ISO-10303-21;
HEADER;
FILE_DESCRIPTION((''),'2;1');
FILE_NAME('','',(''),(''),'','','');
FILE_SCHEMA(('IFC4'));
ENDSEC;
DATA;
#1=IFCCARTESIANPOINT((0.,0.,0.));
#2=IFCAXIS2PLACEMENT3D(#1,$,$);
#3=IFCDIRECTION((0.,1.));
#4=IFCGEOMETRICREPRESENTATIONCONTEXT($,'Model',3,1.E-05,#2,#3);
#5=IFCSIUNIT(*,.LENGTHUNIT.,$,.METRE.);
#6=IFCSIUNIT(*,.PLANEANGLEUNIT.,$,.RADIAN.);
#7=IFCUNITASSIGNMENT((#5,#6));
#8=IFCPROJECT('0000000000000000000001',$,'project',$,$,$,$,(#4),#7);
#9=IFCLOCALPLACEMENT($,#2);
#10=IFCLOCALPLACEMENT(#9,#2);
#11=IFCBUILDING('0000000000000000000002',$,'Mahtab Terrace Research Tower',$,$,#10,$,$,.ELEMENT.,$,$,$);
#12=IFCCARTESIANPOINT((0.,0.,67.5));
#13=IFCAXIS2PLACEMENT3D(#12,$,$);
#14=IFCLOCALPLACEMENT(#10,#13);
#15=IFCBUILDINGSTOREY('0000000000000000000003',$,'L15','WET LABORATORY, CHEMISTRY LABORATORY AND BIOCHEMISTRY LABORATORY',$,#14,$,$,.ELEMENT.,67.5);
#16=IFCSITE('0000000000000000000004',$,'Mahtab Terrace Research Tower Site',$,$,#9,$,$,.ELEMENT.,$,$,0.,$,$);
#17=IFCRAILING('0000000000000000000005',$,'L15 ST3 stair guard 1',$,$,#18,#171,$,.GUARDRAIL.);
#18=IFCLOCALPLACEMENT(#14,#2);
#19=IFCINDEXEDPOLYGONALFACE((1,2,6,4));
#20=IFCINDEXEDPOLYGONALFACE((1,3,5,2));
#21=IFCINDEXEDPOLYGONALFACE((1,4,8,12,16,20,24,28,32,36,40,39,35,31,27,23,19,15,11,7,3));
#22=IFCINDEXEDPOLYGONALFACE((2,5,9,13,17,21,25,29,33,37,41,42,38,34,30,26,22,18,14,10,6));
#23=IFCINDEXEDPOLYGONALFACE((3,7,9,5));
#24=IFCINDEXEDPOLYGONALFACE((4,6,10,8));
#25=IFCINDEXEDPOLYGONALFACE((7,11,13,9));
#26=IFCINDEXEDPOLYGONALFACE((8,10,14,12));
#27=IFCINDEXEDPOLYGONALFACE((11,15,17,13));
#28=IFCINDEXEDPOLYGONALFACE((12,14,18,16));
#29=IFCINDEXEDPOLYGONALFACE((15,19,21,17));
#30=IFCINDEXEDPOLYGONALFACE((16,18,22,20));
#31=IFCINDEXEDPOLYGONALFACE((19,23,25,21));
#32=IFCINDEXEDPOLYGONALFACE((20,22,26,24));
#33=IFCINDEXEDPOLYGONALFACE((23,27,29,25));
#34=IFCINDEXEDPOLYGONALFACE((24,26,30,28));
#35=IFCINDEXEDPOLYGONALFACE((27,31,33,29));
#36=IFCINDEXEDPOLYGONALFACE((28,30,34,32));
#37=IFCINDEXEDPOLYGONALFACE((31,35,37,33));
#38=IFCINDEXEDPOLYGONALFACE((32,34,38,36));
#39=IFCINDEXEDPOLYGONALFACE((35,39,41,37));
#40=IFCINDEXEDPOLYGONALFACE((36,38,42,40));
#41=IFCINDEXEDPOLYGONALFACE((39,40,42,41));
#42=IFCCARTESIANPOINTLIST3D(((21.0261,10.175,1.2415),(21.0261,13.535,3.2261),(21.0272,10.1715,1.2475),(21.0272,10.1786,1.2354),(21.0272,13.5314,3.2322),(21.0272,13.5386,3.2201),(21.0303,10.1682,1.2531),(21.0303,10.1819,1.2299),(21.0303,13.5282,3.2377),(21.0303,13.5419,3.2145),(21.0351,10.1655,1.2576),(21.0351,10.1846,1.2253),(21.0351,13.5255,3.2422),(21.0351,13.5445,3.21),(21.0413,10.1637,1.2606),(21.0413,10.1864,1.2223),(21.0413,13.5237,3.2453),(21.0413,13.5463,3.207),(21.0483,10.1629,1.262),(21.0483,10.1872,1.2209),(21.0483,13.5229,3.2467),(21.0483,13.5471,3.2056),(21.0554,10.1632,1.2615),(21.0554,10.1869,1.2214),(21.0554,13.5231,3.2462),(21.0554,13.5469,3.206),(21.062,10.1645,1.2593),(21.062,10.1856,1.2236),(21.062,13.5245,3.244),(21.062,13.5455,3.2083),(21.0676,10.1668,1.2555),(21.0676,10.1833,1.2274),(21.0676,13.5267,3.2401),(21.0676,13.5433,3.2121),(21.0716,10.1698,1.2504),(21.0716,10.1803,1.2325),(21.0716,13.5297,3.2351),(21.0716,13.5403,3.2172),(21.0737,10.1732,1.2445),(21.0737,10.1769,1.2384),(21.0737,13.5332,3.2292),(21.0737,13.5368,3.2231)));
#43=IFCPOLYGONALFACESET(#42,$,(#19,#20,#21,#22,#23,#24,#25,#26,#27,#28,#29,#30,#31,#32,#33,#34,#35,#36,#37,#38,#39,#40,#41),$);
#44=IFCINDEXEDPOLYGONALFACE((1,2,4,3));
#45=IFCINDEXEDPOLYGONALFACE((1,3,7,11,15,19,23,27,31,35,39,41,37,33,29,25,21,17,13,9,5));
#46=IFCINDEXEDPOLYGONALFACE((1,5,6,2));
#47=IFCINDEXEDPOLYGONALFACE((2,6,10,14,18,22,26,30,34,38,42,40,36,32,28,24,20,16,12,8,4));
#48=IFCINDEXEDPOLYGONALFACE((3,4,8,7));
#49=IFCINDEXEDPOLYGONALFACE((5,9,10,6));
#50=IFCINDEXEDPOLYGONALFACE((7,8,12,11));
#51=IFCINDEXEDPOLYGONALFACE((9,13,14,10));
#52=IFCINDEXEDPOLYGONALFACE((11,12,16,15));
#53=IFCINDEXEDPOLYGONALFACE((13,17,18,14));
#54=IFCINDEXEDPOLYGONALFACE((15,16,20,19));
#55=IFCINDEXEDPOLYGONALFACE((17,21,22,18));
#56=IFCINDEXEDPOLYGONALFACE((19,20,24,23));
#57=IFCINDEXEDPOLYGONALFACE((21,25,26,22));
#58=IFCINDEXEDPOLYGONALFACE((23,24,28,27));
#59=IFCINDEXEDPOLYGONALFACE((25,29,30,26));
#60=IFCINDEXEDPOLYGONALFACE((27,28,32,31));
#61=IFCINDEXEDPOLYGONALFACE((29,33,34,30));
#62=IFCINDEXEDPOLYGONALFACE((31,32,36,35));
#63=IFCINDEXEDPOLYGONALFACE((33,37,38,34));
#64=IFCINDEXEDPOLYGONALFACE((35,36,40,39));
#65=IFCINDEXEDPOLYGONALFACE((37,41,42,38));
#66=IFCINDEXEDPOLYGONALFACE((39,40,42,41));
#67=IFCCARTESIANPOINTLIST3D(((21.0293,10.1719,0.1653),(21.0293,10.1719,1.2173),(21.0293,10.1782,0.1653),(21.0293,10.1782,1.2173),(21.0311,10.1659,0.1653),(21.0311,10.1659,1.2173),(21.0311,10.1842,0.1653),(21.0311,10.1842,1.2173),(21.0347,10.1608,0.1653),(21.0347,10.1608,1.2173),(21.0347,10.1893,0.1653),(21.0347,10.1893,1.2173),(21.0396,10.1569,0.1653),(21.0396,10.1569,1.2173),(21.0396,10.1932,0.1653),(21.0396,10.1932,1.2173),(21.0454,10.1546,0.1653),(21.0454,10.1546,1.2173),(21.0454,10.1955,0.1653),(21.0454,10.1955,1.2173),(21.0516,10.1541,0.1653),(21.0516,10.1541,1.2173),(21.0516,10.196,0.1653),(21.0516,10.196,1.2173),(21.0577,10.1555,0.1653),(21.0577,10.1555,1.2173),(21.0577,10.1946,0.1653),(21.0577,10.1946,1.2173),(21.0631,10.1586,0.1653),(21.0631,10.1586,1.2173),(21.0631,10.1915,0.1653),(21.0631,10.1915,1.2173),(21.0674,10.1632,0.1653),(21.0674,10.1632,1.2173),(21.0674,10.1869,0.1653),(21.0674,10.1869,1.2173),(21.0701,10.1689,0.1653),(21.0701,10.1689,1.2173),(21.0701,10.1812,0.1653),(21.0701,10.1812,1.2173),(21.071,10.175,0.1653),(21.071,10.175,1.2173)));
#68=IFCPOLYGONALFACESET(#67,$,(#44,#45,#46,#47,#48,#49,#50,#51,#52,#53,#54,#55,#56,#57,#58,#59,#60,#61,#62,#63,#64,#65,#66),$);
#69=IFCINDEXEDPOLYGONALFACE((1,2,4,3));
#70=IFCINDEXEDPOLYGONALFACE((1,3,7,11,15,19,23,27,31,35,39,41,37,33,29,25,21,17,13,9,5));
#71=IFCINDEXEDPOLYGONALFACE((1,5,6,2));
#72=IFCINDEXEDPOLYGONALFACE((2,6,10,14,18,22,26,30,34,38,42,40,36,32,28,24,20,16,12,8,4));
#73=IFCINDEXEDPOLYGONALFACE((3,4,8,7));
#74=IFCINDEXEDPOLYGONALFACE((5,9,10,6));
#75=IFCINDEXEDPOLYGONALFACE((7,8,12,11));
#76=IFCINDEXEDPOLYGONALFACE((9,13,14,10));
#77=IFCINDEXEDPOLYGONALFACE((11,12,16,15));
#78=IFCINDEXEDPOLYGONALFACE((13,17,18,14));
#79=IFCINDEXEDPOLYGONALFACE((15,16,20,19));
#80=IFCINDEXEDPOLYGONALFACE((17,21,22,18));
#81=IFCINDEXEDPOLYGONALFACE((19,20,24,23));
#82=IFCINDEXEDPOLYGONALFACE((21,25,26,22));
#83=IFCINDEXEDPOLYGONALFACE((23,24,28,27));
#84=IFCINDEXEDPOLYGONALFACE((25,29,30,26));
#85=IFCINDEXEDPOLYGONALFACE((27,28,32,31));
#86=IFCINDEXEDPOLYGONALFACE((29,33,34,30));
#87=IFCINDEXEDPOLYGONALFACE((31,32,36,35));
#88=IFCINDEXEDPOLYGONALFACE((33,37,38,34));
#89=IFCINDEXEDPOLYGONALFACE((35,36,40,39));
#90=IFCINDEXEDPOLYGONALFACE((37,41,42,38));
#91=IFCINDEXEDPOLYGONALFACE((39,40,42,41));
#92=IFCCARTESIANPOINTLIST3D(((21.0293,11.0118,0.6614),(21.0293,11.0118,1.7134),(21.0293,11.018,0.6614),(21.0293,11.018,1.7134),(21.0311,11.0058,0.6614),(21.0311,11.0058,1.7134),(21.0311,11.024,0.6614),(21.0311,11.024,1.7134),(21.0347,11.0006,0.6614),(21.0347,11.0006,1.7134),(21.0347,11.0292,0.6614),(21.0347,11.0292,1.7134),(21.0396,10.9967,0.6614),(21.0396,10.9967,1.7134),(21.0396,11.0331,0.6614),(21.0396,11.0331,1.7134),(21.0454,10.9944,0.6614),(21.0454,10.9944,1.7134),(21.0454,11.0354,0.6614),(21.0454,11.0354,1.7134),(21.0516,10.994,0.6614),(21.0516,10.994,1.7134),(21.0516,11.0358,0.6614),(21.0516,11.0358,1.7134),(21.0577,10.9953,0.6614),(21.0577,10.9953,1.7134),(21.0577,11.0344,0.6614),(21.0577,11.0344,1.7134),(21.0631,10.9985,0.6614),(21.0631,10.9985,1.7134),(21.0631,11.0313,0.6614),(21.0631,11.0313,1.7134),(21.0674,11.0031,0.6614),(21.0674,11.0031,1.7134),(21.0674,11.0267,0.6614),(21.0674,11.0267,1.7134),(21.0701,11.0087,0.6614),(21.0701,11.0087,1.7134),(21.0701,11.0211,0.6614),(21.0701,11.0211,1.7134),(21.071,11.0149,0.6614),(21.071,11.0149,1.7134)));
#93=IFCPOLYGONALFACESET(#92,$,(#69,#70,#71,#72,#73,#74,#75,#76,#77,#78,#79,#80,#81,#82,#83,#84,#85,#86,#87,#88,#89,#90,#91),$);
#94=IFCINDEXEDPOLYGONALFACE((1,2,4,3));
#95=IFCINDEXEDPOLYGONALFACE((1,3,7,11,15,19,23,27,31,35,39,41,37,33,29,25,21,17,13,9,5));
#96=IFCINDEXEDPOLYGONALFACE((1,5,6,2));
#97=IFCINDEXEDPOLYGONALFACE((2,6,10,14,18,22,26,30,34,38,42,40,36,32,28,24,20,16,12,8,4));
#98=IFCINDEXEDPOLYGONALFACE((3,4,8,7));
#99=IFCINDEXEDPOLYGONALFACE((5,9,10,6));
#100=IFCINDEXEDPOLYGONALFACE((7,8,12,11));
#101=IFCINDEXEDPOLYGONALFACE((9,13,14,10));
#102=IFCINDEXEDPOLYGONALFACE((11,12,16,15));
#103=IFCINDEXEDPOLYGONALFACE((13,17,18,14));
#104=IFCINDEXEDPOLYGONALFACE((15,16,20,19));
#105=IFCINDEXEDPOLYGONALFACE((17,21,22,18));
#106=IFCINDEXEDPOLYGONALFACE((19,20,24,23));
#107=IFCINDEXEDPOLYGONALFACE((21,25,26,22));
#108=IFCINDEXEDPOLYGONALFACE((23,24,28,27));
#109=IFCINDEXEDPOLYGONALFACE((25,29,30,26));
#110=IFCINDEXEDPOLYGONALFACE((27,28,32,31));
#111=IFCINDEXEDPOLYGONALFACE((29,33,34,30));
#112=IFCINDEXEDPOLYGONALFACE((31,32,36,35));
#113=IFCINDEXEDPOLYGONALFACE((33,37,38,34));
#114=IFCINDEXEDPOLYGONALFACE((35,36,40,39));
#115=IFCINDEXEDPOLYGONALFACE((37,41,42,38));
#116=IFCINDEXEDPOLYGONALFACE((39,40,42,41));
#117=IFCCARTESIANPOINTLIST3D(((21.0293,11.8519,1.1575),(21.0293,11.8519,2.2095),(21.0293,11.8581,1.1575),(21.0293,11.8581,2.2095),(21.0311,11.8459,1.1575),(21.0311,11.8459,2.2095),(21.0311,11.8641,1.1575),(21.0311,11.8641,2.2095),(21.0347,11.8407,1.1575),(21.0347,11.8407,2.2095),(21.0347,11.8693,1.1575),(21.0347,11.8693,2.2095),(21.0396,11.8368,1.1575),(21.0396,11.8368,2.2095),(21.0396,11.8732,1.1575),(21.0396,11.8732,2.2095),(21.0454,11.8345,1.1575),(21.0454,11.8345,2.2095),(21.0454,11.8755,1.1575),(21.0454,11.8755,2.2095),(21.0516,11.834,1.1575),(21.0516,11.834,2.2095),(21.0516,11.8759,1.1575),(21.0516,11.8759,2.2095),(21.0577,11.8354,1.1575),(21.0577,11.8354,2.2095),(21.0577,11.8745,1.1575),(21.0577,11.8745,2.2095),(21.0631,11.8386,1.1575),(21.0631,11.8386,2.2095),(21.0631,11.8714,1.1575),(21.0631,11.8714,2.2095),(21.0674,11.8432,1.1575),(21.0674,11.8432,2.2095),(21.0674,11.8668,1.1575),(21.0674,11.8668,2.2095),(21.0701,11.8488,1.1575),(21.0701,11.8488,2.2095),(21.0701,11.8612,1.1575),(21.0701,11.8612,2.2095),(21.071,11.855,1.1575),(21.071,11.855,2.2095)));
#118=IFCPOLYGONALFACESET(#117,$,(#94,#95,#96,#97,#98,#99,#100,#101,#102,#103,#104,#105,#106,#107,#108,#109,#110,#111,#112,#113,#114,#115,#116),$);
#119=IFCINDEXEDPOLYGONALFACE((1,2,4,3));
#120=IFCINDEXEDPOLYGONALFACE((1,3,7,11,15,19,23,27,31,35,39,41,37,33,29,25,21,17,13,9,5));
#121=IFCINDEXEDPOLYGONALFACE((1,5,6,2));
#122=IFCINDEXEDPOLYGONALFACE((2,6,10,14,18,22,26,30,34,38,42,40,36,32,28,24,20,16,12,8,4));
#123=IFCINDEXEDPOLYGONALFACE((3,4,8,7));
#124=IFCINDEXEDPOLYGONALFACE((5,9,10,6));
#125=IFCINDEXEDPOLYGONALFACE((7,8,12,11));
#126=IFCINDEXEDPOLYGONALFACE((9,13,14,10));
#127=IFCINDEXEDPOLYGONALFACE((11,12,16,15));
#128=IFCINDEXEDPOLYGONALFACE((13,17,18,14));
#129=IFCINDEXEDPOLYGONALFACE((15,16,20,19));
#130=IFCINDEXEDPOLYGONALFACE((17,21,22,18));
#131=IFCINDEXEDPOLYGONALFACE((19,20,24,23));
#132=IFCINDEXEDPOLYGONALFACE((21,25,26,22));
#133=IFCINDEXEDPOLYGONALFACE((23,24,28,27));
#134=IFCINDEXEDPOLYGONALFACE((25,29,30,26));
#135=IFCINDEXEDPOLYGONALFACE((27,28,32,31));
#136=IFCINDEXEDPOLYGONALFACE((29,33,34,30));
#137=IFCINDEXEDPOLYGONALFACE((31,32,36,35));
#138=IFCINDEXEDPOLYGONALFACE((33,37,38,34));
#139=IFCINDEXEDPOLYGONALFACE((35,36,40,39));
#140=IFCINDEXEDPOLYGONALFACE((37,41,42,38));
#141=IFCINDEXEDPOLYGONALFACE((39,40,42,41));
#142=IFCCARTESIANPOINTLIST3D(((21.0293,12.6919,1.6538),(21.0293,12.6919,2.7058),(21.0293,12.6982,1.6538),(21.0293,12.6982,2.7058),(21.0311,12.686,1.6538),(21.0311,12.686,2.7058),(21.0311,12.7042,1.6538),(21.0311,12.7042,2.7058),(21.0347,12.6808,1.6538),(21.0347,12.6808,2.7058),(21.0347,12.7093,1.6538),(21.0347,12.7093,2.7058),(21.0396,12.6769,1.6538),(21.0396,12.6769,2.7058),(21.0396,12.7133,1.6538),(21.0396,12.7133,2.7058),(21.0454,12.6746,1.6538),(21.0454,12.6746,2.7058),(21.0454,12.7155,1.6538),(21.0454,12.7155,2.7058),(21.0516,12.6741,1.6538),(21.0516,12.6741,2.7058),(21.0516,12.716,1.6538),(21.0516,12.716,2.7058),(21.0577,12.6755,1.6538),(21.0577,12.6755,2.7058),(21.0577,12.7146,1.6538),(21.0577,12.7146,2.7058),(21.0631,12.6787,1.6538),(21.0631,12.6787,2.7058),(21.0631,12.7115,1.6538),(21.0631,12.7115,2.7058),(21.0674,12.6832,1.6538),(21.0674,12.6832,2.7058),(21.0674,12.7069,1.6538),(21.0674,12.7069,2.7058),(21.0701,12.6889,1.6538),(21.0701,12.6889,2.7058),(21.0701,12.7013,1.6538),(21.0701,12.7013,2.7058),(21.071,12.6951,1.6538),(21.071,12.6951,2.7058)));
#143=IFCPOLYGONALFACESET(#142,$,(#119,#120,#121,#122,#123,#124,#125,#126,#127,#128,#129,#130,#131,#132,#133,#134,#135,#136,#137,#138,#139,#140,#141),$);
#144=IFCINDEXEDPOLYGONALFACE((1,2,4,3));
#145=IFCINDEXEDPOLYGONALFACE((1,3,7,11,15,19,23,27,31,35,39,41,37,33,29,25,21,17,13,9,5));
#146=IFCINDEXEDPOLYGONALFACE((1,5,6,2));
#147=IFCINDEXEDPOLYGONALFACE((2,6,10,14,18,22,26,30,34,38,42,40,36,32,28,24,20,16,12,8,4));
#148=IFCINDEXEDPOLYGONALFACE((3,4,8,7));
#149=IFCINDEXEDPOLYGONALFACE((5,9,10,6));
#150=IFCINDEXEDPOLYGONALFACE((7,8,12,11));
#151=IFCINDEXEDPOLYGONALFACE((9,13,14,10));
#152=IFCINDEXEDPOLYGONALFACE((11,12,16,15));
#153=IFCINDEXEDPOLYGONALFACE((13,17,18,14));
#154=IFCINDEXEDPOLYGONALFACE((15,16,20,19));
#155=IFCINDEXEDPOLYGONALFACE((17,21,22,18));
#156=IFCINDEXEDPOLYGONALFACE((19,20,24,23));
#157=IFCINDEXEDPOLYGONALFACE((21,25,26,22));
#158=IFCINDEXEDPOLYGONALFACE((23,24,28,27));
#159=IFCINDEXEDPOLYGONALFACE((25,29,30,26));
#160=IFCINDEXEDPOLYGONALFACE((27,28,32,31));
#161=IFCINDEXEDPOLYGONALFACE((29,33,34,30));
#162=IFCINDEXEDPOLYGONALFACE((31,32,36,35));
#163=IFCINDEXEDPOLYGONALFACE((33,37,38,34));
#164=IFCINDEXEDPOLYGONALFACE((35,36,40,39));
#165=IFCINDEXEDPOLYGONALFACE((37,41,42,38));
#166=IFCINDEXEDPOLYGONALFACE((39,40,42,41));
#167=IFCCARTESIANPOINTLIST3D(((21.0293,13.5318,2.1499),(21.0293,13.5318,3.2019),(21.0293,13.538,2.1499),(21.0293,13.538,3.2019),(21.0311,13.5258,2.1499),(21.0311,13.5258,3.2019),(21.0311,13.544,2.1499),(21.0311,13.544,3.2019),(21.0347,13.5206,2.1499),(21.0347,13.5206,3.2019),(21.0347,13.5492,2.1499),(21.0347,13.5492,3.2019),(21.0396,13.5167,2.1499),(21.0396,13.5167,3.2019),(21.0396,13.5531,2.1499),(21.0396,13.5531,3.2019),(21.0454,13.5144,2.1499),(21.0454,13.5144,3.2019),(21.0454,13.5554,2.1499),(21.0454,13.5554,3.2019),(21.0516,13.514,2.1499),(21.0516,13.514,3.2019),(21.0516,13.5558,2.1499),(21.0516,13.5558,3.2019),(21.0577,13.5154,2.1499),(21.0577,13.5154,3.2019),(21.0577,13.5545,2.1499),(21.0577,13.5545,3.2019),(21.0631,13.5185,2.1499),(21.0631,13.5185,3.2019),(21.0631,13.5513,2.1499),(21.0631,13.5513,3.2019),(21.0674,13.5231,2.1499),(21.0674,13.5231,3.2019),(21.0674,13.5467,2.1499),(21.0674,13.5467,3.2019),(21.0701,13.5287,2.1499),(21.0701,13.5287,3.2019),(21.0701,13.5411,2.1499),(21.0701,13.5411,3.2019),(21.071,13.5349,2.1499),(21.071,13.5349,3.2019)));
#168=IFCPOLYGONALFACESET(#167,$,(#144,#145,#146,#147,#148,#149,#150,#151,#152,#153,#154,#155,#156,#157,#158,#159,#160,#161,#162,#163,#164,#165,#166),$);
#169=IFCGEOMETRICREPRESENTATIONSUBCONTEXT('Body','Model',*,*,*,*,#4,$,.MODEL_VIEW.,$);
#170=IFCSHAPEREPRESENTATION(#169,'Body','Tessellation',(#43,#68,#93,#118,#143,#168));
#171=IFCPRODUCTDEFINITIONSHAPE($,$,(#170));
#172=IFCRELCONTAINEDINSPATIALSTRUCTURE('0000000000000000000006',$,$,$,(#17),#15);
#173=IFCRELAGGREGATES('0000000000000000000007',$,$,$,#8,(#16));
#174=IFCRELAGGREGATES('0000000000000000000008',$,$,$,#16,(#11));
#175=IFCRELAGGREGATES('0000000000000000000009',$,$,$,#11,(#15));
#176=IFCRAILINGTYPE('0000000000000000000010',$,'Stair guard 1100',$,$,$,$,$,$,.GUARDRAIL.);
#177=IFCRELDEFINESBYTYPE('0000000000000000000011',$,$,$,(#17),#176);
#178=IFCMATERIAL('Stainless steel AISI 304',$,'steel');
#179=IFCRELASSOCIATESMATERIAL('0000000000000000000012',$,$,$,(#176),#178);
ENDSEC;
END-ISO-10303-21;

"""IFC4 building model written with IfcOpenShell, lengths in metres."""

from ifc_helpers import new_model, si_unit, direction, frame, origin, origin_2d, place, context, subcontext, project, spatial, circle, extrude, material, type_object, element, save


model = new_model("IFC4")

# Units and contexts
model_context = context("Model", 3, precision=1e-05, world=origin(), true_north=direction((0.0, 1.0)))
body_context = subcontext(model_context, "Body", "Model", "MODEL_VIEW")
ifc_project = project(units=[si_unit("LENGTHUNIT", "METRE"), si_unit("PLANEANGLEUNIT", "RADIAN")], contexts=[model_context])

# Site, building, storey
site_placement = place(None, origin())
site = spatial("IfcSite", under=ifc_project, at=site_placement, Name="Mahtab Terrace Research Tower Site", CompositionType="ELEMENT", RefElevation=0.0)
building_placement = place(site_placement, origin())
building = spatial("IfcBuilding", under=site, at=building_placement, Name="Mahtab Terrace Research Tower", CompositionType="ELEMENT")
storey_placement = place(building_placement, frame((0.0, 0.0, 67.5)))
storey = spatial("IfcBuildingStorey", under=building, at=storey_placement, Name="L15", Description="WET LABORATORY, CHEMISTRY LABORATORY AND BIOCHEMISTRY LABORATORY", CompositionType="ELEMENT", Elevation=67.5)

# Railing
ifc_material_1 = material(Name="Stainless steel AISI 304", Category="steel")
railing_type_1 = type_object("IfcRailingType", Name="Stair guard 1100", PredefinedType="GUARDRAIL", material=ifc_material_1)
railing_1_placement = place(storey_placement, frame((21.05, 10.175, 0.1653)))
element("IfcRailing", 1, at=railing_1_placement, inside=storey, type_object=railing_type_1, Name="L15 ST3 stair guard 1", PredefinedType="GUARDRAIL", context=body_context, shape_type="SweptSolid", body=[
    extrude(circle(Radius=0.0239, at=origin_2d()), frame((0.0, 0.0, 1.0762), z_axis=(0.0, 0.861011, 0.508586), x_axis=(-1.0, 0.0, 0.0)), (0.0, 0.0, 1.0), 3.9023),
    extrude(circle(Radius=0.021, at=origin_2d()), origin(), (0.0, 0.0, 1.0), 1.052),
    extrude(circle(Radius=0.021, at=origin_2d()), frame((0.0, 0.8398, 0.4961)), (0.0, 0.0, 1.0), 1.052),
    extrude(circle(Radius=0.021, at=origin_2d()), frame((0.0, 1.6799, 0.9922)), (0.0, 0.0, 1.0), 1.052),
    extrude(circle(Radius=0.021, at=origin_2d()), frame((0.0, 2.52, 1.4885)), (0.0, 0.0, 1.0), 1.052),
    extrude(circle(Radius=0.021, at=origin_2d()), frame((0.0, 3.3599, 1.9846)), (0.0, 0.0, 1.0), 1.052),
])

save(model, "model.ifc")
